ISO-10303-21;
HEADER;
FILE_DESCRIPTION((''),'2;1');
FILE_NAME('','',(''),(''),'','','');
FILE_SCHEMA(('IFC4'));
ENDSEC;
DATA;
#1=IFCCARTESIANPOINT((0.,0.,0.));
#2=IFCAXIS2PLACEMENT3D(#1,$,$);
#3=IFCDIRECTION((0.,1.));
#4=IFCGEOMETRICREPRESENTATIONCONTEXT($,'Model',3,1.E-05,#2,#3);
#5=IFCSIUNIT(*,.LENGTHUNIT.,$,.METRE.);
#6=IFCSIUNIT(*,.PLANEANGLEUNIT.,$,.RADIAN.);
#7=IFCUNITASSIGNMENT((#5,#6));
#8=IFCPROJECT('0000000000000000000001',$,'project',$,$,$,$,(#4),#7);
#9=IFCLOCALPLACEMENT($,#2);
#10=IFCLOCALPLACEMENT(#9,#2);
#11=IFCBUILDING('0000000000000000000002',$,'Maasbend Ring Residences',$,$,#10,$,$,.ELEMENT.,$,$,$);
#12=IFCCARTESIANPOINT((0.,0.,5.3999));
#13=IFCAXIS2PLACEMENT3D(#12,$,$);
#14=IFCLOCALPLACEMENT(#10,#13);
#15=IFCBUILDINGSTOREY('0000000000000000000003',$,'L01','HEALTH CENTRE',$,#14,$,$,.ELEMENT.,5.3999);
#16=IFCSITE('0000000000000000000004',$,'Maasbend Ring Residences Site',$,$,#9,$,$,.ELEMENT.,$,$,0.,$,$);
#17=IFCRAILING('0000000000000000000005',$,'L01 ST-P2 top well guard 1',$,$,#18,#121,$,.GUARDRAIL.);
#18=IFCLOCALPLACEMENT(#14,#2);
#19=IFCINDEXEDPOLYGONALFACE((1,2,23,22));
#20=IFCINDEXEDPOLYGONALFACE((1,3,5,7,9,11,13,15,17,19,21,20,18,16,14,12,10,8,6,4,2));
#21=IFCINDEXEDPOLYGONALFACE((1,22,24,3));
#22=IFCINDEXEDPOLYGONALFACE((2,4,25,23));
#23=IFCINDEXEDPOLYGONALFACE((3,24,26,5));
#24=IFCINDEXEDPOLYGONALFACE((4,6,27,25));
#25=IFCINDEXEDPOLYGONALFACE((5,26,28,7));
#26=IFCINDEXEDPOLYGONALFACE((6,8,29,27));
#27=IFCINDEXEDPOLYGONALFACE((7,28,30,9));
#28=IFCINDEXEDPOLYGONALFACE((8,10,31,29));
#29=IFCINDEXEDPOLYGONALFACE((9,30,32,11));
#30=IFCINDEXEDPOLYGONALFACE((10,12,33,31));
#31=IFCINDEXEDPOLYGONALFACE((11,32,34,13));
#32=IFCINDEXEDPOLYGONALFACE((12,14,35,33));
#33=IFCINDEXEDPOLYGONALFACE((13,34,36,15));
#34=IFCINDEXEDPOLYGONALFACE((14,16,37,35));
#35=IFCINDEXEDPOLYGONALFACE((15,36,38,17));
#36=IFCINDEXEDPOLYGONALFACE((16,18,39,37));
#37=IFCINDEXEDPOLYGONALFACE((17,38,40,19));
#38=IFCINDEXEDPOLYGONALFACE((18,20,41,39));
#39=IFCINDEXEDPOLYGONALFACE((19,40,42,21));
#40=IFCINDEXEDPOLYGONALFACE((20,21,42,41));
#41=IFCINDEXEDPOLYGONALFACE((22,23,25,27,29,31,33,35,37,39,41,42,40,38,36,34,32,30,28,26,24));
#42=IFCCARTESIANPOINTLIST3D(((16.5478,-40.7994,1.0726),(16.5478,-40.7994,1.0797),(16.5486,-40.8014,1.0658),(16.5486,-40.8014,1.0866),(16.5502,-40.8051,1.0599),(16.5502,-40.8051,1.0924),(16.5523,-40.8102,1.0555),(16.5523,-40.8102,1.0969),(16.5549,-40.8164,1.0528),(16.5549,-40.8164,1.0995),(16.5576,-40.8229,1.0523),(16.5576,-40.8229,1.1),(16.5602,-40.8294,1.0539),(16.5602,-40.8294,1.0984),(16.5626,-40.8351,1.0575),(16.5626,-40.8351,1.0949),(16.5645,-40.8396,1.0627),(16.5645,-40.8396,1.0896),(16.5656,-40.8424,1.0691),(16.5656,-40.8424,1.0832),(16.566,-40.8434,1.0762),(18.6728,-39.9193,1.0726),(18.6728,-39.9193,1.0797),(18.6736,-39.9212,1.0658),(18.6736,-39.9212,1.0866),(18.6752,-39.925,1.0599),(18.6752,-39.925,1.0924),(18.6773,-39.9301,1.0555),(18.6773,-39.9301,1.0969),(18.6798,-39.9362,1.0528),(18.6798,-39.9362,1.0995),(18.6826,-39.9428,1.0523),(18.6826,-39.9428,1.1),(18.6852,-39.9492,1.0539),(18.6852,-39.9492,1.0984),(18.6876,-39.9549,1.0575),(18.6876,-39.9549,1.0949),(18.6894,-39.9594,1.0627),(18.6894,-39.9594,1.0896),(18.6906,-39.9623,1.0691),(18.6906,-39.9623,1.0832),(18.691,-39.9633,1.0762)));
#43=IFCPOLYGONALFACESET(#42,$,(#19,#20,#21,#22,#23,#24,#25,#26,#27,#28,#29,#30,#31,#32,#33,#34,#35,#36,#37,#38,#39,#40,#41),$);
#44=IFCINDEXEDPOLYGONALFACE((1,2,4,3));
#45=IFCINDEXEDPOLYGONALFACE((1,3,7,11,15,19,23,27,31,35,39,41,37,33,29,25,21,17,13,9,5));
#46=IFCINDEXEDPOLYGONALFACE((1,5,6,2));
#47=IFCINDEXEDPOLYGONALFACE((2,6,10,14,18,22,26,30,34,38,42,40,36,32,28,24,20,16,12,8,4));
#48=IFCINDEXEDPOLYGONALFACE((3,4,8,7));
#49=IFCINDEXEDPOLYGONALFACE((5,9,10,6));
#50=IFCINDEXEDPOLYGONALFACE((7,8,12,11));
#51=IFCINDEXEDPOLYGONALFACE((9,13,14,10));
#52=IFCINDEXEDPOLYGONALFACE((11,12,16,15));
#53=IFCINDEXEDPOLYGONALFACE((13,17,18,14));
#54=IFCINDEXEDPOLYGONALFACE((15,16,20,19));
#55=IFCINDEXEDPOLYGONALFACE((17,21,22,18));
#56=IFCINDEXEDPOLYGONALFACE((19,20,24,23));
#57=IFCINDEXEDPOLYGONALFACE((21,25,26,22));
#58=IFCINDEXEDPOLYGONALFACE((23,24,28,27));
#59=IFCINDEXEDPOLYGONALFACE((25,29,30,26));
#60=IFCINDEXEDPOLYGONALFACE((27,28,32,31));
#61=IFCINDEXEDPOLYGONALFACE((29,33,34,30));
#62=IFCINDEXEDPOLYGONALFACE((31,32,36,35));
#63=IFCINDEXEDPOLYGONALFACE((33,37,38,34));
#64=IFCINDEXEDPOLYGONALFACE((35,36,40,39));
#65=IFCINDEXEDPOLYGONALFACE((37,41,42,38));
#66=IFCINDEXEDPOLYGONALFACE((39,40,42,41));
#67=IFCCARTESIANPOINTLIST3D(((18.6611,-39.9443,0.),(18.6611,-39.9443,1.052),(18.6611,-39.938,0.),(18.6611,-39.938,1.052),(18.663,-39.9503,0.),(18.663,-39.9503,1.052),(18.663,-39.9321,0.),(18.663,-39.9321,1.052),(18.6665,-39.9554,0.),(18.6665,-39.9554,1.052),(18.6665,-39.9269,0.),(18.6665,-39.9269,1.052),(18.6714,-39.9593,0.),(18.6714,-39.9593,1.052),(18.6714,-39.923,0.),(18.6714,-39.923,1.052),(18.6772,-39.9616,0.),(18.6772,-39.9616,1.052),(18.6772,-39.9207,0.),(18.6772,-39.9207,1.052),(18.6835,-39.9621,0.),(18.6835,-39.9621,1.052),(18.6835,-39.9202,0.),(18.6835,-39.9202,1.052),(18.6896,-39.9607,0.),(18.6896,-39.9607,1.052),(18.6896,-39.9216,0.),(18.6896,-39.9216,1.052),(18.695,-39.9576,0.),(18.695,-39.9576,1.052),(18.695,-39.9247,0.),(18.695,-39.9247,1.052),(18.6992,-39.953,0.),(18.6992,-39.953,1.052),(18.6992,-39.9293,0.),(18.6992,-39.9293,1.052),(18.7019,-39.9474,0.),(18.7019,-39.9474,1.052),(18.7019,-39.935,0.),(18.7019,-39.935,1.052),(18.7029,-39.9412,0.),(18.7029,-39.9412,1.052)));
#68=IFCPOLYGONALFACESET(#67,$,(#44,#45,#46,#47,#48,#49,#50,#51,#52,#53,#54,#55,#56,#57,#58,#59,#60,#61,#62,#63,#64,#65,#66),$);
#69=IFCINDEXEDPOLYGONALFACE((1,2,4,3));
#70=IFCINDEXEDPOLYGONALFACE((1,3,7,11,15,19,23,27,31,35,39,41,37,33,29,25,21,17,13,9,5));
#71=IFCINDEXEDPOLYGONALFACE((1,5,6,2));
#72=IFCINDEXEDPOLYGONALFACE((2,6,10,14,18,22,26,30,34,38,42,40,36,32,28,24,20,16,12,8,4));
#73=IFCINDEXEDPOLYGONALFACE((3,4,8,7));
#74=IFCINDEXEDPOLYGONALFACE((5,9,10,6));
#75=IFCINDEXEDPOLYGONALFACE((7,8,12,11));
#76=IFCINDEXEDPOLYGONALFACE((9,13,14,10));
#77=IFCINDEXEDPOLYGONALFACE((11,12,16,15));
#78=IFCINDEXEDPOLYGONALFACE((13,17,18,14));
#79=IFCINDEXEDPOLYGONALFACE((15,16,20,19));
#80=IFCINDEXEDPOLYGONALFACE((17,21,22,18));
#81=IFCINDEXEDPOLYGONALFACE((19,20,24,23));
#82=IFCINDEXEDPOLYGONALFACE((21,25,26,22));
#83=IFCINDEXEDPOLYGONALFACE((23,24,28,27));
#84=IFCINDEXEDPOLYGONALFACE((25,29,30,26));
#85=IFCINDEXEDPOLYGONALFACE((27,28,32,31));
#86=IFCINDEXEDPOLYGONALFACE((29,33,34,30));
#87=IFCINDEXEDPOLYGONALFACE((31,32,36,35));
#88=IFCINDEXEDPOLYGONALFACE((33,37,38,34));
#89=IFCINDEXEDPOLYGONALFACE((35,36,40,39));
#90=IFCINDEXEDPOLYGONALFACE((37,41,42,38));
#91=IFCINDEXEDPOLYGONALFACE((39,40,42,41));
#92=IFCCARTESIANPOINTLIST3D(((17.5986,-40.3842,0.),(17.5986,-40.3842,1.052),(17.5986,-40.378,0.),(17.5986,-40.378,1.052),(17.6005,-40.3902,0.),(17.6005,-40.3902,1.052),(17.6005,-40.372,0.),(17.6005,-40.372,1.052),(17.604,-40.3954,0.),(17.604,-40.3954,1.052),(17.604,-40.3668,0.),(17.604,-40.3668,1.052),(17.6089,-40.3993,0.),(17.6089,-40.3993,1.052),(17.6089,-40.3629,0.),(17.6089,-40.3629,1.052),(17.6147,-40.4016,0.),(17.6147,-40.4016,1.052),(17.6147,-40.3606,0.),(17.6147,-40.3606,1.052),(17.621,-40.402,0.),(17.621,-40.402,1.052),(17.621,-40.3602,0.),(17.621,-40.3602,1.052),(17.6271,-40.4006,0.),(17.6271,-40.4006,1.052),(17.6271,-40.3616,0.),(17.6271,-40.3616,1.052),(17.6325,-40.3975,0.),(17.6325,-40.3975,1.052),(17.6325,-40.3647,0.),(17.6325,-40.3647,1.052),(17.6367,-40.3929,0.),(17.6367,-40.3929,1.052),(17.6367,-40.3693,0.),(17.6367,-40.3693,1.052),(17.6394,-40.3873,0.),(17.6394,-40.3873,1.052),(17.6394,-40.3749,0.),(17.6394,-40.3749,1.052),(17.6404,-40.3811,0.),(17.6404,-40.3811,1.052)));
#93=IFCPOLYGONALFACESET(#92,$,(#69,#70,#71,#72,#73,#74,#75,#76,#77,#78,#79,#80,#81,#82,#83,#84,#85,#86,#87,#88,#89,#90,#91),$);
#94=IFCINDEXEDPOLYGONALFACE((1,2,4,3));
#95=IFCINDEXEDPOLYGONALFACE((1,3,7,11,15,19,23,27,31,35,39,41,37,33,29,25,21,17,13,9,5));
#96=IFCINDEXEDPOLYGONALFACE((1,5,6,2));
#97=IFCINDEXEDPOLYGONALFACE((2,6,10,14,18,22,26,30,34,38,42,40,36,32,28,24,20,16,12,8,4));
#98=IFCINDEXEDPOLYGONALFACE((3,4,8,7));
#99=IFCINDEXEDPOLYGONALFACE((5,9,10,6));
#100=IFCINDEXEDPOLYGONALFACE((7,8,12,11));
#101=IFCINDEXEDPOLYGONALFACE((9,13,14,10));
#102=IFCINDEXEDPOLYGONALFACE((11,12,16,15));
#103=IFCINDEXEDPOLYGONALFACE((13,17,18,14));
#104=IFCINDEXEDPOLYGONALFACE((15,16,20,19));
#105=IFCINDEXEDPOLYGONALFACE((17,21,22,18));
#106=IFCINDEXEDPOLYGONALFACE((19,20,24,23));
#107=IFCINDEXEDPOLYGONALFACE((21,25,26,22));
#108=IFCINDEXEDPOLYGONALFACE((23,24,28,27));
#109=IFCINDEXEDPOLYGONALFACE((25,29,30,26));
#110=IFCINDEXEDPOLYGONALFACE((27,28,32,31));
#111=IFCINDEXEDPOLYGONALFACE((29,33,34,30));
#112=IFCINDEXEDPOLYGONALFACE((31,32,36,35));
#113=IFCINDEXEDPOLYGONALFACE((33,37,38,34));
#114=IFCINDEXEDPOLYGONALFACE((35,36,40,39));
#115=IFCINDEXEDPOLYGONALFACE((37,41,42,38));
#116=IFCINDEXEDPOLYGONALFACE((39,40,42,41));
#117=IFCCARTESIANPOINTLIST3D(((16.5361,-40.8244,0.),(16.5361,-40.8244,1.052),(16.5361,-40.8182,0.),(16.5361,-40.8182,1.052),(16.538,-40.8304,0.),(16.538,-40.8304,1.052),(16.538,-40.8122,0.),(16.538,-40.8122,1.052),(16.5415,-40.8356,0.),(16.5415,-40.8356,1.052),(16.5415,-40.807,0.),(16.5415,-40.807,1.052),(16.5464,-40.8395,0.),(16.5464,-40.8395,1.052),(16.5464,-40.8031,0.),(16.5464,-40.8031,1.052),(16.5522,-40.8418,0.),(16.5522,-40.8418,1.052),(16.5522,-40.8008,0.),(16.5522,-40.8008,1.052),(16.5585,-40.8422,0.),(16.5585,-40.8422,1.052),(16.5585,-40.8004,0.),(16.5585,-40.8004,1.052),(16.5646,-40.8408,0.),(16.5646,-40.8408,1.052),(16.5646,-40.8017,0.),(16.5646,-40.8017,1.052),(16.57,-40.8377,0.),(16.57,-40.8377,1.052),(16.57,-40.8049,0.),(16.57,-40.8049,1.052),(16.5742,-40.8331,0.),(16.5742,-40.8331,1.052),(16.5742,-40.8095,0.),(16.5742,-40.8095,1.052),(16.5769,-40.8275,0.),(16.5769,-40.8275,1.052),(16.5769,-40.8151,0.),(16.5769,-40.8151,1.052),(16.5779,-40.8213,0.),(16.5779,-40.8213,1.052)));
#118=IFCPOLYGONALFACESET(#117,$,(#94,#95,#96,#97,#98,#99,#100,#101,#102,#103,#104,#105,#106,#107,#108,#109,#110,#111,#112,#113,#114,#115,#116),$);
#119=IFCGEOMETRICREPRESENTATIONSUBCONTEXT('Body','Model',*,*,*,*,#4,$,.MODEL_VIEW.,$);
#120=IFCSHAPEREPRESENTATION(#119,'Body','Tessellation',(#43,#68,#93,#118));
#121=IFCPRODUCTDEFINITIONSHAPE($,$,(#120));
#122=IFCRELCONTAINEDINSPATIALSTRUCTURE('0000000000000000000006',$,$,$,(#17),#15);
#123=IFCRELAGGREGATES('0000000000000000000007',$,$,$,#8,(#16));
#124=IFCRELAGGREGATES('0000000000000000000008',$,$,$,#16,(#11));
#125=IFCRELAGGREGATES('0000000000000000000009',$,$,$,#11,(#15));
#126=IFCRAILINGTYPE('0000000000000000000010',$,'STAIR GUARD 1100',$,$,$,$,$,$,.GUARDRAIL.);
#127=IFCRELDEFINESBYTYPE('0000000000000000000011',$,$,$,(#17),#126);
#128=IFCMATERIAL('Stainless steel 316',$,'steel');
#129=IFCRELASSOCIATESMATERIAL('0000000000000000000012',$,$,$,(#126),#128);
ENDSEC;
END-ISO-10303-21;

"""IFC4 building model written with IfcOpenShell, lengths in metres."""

from ifc_helpers import new_model, si_unit, direction, frame, origin, origin_2d, place, context, subcontext, project, spatial, circle, extrude, material, type_object, element, save


model = new_model("IFC4")

# Units and contexts
model_context = context("Model", 3, precision=1e-05, world=origin(), true_north=direction((0.0, 1.0)))
body_context = subcontext(model_context, "Body", "Model", "MODEL_VIEW")
ifc_project = project(units=[si_unit("LENGTHUNIT", "METRE"), si_unit("PLANEANGLEUNIT", "RADIAN")], contexts=[model_context])

# Site, building, storey
site_placement = place(None, origin())
site = spatial("IfcSite", under=ifc_project, at=site_placement, Name="Maasbend Ring Residences Site", CompositionType="ELEMENT", RefElevation=0.0)
building_placement = place(site_placement, origin())
building = spatial("IfcBuilding", under=site, at=building_placement, Name="Maasbend Ring Residences", CompositionType="ELEMENT")
storey_placement = place(building_placement, frame((0.0, 0.0, 5.3999)))
storey = spatial("IfcBuildingStorey", under=building, at=storey_placement, Name="L01", Description="HEALTH CENTRE", CompositionType="ELEMENT", Elevation=5.3999)

# Railing
ifc_material_1 = material(Name="Stainless steel 316", Category="steel")
railing_type = type_object("IfcRailingType", Name="STAIR GUARD 1100", PredefinedType="GUARDRAIL", material=ifc_material_1)
railing_placement = place(storey_placement, frame((18.6819, -39.9412, 0.0)))
element("IfcRailing", 1, at=railing_placement, inside=storey, type_object=railing_type, Name="L01 ST-P2 top well guard 1", PredefinedType="GUARDRAIL", context=body_context, shape_type="SweptSolid", body=[
    extrude(circle(Radius=0.0239, at=origin_2d()), frame((0.0, 0.0, 1.0762), z_axis=(-0.923891, -0.382655, 0.0), x_axis=(0.382655, -0.923891, 0.0)), (0.0, 0.0, 1.0), 2.3),
    extrude(circle(Radius=0.021, at=origin_2d()), origin(), (0.0, 0.0, 1.0), 1.052),
    extrude(circle(Radius=0.021, at=origin_2d()), frame((-1.0625, -0.4399, 0.0)), (0.0, 0.0, 1.0), 1.052),
    extrude(circle(Radius=0.021, at=origin_2d()), frame((-2.125, -0.8801, 0.0)), (0.0, 0.0, 1.0), 1.052),
])

save(model, "model.ifc")
